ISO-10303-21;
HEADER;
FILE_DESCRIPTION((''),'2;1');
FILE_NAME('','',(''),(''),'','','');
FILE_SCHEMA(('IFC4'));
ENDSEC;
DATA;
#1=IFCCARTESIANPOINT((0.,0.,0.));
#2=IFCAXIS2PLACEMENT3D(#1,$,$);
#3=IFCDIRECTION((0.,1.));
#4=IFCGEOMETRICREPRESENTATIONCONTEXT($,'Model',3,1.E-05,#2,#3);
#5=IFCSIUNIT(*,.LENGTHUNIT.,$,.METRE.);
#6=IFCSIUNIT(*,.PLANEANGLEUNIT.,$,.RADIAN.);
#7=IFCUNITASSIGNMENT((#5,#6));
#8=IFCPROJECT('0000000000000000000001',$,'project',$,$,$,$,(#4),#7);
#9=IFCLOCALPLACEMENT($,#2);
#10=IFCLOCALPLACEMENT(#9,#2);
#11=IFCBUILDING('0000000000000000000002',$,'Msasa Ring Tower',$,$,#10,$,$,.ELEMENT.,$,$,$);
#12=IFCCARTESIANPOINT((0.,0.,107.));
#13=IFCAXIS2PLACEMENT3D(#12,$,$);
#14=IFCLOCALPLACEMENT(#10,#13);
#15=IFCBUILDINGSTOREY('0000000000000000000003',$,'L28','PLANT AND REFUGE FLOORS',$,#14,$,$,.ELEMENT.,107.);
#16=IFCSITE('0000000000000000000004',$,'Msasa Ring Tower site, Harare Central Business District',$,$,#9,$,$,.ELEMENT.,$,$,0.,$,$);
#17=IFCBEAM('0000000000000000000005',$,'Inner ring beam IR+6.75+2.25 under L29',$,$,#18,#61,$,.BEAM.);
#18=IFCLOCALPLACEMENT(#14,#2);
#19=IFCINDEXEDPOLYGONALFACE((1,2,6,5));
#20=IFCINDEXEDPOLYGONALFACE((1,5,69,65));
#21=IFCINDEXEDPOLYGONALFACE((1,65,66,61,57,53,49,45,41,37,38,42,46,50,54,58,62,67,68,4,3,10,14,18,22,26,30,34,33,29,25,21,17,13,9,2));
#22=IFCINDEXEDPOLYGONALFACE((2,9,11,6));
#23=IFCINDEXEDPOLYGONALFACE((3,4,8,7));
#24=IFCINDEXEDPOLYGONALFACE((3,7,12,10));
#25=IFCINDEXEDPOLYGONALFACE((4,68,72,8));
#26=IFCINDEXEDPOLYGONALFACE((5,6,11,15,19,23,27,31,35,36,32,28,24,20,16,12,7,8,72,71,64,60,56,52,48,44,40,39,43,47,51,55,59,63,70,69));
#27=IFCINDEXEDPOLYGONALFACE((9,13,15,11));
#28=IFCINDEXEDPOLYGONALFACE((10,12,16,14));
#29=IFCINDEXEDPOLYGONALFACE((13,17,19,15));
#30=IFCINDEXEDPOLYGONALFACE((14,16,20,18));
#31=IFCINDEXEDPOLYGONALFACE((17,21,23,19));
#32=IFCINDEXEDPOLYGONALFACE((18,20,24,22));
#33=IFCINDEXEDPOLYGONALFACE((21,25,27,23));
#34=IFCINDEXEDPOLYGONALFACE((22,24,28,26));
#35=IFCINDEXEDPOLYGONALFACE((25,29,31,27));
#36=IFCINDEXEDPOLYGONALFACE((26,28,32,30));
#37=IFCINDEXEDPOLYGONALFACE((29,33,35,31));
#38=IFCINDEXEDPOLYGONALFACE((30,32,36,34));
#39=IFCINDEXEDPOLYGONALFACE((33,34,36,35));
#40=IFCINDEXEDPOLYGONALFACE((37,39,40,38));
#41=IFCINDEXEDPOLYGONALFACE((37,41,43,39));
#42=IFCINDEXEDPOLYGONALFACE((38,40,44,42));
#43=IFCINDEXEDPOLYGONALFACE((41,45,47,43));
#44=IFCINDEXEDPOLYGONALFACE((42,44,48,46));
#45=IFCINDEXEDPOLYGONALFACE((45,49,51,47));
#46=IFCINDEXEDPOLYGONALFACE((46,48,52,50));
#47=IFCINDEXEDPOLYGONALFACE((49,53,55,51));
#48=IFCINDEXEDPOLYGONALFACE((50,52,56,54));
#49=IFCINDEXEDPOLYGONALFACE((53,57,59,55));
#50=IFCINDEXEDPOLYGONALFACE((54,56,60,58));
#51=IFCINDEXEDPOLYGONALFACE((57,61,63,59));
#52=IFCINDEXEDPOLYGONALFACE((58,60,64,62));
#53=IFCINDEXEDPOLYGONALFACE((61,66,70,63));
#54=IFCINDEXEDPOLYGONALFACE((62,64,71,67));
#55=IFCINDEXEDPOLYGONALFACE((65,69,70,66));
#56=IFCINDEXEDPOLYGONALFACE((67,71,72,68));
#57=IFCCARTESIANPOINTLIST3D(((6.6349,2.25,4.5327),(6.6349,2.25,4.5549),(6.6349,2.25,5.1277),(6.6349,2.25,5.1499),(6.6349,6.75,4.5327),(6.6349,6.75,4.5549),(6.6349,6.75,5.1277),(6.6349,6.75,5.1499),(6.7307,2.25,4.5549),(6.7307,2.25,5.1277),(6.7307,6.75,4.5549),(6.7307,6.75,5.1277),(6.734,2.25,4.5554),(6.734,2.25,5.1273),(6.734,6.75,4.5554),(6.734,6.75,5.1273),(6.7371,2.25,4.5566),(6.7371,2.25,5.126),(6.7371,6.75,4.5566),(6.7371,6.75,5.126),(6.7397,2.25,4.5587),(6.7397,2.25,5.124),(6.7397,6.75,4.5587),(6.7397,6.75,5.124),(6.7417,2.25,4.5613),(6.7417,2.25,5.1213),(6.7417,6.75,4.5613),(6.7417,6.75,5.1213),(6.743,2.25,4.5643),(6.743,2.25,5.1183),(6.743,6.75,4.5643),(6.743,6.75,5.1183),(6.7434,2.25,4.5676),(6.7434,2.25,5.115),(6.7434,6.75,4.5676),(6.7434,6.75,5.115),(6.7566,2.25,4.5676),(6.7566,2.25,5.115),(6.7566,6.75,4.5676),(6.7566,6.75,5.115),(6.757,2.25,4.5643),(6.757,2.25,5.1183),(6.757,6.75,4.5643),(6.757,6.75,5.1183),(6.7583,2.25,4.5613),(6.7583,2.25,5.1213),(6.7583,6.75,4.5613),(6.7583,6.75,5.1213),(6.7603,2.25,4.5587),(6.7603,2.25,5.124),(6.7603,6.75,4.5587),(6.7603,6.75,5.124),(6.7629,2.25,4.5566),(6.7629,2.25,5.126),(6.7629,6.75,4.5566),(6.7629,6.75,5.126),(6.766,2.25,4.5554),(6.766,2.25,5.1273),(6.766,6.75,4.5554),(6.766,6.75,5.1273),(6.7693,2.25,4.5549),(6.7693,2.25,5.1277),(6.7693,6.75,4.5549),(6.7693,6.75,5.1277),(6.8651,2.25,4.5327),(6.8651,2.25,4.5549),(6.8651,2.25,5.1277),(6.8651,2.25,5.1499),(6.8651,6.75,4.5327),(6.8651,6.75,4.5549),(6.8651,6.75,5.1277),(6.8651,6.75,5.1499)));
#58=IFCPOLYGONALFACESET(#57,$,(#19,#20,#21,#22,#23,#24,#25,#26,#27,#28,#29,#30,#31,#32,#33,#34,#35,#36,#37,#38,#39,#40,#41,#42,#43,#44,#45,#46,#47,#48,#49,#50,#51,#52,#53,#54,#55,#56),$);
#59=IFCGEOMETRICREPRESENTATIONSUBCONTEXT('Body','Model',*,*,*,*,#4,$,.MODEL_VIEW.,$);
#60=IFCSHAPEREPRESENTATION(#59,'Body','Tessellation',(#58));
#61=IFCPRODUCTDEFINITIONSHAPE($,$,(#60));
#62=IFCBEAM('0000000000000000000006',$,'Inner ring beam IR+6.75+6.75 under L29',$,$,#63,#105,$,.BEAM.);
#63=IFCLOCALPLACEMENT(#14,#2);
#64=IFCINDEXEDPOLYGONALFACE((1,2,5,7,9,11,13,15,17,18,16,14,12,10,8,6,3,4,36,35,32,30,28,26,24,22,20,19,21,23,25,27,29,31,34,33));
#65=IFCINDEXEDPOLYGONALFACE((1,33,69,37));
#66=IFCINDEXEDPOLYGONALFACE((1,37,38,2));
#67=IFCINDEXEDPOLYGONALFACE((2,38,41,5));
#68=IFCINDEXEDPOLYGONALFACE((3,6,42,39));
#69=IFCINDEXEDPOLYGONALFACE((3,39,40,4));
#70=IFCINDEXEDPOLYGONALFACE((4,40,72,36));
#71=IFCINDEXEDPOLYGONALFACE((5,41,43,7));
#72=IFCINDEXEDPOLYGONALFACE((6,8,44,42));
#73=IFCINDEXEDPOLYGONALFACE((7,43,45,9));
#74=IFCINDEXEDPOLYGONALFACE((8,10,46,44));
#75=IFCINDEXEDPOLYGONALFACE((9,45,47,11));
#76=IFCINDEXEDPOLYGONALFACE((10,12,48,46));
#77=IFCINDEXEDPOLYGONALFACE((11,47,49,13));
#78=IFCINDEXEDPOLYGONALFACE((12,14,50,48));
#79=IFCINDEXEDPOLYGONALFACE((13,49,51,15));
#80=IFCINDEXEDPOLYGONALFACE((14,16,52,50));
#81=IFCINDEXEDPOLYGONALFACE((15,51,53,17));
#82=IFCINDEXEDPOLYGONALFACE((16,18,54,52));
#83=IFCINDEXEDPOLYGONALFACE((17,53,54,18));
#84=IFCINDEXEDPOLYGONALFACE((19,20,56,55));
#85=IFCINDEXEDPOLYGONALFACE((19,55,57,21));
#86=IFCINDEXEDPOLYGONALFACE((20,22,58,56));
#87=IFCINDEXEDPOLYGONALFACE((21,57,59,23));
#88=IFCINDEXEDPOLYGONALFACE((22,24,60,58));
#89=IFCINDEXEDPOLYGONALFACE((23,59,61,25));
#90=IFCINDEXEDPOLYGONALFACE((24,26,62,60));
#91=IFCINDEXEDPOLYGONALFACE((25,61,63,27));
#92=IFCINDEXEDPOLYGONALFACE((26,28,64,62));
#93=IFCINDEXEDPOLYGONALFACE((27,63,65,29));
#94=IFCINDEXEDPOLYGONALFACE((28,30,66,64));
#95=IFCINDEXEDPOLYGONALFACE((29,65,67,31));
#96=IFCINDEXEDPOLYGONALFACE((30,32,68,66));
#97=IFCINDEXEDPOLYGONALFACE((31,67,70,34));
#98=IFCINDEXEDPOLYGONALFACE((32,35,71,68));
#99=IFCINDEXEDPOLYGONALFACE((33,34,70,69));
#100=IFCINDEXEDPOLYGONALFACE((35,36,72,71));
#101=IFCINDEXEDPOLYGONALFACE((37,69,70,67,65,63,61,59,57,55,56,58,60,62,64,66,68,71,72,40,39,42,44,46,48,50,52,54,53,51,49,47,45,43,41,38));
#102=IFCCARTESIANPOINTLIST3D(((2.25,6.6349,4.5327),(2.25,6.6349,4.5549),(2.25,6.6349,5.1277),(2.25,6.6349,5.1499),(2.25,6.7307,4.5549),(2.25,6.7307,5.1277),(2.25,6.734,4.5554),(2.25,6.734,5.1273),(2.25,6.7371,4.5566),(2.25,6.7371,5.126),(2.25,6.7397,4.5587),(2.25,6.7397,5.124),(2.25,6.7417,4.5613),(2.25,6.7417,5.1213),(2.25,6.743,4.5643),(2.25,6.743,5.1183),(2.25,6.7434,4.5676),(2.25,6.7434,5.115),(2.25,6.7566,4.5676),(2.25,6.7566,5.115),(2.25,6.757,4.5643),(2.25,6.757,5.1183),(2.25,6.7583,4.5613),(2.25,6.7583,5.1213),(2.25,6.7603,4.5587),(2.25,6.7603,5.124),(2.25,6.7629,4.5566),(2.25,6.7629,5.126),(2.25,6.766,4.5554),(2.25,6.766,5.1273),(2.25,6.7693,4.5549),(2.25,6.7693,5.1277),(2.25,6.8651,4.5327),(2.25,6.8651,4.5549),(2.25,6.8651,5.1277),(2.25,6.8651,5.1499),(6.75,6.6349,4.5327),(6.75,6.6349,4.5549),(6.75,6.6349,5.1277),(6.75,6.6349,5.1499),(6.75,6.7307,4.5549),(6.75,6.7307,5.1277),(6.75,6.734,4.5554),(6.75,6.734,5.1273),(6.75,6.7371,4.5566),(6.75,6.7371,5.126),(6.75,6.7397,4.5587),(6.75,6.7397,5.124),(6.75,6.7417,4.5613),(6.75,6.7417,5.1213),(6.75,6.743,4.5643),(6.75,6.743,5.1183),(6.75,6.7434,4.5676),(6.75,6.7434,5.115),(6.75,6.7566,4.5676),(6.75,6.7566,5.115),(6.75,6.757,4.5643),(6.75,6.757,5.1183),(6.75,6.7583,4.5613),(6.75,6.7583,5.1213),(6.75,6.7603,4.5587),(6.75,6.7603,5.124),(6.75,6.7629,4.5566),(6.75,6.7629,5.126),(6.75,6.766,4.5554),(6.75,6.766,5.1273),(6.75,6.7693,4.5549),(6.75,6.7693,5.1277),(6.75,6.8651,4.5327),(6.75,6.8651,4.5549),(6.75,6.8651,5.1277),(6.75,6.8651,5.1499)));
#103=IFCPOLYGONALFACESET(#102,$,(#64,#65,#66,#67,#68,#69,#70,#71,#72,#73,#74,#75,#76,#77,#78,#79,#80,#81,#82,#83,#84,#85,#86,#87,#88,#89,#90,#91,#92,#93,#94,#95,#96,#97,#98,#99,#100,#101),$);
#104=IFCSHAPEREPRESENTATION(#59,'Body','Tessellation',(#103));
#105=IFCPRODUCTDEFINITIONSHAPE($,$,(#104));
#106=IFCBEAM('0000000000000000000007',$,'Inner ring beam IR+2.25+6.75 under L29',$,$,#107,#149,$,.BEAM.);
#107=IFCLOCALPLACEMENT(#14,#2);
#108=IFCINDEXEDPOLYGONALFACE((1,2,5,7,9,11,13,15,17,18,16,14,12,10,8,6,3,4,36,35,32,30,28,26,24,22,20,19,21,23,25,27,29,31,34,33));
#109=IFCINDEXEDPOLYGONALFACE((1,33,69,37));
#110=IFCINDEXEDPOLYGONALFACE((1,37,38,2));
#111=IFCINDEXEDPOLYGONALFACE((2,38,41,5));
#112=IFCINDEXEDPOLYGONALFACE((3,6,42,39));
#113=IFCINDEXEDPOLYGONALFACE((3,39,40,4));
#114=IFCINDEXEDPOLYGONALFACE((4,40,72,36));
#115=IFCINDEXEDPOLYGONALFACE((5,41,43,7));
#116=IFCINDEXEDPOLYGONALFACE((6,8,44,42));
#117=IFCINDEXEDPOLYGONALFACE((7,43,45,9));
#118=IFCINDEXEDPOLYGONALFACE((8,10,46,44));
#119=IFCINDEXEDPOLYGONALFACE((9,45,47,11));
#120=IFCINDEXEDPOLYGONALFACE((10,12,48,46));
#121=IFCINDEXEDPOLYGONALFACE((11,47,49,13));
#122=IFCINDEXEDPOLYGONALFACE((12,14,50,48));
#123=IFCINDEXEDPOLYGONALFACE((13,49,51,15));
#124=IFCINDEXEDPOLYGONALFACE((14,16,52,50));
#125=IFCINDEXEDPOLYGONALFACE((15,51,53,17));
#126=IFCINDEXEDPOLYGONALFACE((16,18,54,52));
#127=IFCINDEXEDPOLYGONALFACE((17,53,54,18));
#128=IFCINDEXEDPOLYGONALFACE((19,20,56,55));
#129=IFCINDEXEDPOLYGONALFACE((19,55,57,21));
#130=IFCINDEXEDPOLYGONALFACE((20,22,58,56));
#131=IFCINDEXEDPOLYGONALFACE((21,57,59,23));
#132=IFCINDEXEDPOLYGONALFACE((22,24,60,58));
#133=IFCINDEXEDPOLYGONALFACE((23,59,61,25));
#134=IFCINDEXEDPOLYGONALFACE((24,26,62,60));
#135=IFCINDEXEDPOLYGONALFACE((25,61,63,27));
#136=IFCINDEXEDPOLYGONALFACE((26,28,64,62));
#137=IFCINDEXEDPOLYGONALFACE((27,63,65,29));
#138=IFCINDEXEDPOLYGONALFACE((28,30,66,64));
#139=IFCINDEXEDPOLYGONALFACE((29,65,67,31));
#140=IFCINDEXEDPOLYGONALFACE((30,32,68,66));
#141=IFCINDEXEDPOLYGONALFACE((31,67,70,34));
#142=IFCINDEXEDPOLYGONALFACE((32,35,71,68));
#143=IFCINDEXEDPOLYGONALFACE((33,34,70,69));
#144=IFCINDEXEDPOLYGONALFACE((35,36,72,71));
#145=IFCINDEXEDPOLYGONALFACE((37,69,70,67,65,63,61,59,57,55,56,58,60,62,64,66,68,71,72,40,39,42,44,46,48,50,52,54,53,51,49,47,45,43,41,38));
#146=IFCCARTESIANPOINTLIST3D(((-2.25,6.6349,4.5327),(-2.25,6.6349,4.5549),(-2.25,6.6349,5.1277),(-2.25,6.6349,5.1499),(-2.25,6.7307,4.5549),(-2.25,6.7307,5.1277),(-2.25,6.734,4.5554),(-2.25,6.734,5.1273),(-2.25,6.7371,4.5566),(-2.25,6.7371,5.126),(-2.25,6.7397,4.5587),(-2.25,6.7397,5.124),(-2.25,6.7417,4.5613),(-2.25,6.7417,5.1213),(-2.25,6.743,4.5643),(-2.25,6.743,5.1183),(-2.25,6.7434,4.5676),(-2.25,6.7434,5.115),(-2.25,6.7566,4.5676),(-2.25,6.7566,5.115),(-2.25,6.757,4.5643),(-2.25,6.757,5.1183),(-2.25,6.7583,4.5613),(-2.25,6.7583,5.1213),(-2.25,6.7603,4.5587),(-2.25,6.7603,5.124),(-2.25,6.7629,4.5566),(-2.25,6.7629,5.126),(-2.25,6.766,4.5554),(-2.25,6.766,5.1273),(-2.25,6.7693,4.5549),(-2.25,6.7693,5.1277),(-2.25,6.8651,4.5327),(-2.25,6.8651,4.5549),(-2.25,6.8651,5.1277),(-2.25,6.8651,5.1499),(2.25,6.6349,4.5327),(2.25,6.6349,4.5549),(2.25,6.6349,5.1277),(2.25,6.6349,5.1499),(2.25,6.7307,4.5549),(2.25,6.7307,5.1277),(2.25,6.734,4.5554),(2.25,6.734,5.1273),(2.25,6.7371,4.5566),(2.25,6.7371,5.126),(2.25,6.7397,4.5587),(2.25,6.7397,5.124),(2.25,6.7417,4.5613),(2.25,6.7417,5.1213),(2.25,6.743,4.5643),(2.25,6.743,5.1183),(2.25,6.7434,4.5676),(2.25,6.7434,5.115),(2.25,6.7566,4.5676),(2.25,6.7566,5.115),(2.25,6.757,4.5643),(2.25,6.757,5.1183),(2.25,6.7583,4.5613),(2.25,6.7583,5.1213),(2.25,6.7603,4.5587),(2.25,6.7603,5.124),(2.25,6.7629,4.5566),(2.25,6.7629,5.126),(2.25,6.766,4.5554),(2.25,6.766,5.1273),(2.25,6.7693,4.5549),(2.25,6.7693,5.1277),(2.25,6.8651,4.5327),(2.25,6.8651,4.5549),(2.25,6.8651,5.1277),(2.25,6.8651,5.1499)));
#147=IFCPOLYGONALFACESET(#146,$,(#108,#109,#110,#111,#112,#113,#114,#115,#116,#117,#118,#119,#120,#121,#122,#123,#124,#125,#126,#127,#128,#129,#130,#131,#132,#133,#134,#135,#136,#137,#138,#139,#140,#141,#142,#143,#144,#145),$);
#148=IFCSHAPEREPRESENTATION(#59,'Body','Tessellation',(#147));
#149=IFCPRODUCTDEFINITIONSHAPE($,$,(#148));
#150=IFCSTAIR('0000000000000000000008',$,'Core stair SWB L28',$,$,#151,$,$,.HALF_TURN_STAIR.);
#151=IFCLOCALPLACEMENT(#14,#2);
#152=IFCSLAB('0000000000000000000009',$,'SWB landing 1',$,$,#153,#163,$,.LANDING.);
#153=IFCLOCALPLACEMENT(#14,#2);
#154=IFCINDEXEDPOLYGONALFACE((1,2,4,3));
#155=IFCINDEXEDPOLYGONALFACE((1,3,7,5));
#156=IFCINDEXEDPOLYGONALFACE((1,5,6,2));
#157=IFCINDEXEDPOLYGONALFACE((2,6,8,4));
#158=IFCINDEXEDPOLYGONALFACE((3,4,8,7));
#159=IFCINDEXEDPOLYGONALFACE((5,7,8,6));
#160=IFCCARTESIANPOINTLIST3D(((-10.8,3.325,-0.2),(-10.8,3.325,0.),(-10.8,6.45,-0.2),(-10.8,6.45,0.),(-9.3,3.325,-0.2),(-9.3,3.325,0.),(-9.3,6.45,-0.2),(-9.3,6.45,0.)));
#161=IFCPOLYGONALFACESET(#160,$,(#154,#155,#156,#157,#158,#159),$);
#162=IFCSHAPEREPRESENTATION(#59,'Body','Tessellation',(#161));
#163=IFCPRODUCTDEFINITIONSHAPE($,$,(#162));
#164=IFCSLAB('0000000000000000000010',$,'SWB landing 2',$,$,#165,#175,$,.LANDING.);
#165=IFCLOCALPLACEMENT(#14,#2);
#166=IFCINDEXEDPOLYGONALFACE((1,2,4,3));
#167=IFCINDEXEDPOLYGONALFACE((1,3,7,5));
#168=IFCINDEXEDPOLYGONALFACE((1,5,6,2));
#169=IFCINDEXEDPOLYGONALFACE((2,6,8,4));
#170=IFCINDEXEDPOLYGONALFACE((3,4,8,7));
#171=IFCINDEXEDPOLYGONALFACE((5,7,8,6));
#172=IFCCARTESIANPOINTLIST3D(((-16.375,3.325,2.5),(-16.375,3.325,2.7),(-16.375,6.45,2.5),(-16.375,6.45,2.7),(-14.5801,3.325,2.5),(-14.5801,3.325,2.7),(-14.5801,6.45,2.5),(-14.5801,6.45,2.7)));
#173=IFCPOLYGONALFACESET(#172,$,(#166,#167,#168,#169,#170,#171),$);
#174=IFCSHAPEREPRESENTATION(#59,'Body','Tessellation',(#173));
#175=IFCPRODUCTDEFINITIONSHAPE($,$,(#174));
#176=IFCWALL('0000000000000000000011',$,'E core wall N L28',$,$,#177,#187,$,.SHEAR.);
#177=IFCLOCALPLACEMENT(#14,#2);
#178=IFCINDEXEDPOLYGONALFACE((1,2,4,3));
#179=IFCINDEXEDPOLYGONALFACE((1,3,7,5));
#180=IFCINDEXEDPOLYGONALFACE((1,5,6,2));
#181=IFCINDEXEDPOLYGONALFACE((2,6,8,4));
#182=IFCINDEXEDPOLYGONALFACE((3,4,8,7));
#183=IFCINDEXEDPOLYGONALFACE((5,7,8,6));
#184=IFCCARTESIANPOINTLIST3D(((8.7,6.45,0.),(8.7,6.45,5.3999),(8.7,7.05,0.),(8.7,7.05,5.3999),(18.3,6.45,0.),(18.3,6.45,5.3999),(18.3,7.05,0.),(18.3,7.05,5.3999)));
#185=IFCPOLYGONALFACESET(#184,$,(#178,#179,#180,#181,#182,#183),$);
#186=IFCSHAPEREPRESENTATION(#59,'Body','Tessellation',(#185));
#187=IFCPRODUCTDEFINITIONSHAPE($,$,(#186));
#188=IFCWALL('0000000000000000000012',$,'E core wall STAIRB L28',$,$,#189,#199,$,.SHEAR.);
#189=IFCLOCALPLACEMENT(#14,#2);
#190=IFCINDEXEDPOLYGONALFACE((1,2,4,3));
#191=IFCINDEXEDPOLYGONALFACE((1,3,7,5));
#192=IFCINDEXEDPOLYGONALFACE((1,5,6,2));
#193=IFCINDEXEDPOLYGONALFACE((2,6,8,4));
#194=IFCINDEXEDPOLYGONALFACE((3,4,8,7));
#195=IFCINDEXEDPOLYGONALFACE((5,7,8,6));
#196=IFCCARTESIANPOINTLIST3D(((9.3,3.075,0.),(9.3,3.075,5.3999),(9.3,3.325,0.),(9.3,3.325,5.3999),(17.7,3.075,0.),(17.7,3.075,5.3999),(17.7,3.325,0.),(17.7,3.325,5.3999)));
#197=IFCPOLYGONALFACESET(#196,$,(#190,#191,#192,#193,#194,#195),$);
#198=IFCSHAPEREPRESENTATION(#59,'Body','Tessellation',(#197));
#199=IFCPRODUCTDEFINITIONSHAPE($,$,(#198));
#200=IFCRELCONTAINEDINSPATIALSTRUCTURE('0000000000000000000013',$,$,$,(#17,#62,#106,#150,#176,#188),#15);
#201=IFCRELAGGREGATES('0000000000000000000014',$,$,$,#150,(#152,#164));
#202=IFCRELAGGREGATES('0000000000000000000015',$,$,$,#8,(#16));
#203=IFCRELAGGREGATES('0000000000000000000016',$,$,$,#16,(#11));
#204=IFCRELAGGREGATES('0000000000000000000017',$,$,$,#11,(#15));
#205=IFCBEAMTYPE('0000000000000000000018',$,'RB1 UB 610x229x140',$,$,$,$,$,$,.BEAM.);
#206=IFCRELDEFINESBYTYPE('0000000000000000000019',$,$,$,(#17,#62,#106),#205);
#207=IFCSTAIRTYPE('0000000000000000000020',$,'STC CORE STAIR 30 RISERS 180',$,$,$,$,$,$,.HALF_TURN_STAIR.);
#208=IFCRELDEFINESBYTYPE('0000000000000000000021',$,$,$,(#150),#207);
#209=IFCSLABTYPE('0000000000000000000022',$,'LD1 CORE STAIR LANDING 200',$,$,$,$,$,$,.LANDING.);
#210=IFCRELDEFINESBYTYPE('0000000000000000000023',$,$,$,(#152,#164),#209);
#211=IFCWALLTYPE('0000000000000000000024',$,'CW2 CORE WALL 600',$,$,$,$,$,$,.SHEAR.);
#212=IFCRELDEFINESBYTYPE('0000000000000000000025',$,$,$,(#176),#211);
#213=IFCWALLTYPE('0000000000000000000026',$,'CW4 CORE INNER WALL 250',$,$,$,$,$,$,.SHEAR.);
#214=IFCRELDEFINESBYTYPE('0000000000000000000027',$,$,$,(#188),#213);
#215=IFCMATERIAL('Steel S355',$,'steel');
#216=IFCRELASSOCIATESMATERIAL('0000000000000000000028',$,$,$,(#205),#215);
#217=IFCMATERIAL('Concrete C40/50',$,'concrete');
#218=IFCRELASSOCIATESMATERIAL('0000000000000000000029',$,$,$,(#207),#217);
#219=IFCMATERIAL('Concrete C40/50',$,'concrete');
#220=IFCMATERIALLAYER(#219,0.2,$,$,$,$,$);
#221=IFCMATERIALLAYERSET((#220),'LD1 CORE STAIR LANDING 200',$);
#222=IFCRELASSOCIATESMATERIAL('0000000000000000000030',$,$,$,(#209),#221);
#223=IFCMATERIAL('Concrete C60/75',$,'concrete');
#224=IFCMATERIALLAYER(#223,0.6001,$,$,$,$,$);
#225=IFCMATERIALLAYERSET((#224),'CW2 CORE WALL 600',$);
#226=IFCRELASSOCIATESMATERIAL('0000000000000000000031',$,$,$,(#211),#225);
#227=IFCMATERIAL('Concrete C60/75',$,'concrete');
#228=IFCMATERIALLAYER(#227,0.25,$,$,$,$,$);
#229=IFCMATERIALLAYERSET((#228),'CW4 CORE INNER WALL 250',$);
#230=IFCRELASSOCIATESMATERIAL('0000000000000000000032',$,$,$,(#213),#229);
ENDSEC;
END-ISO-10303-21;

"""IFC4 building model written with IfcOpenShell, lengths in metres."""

from ifc_helpers import new_model, si_unit, direction, frame, frame_2d, origin, origin_2d, place, context, subcontext, project, spatial, polyline, rectangle, i_section, outline, extrude, material, layer, layer_set, material_profile, profile_set, type_object, element, aggregate, save


model = new_model("IFC4")

# Units and contexts
model_context = context("Model", 3, precision=1e-05, world=origin(), true_north=direction((0.0, 1.0)))
body_context = subcontext(model_context, "Body", "Model", "MODEL_VIEW")
ifc_project = project(units=[si_unit("LENGTHUNIT", "METRE"), si_unit("PLANEANGLEUNIT", "RADIAN")], contexts=[model_context])

# Site, building, storey
site_placement = place(None, origin())
site = spatial("IfcSite", under=ifc_project, at=site_placement, Name="Msasa Ring Tower site, Harare Central Business District", CompositionType="ELEMENT", RefElevation=0.0)
building_placement = place(site_placement, origin())
building = spatial("IfcBuilding", under=site, at=building_placement, Name="Msasa Ring Tower", CompositionType="ELEMENT")
storey_placement = place(building_placement, frame((0.0, 0.0, 107.0)))
storey = spatial("IfcBuildingStorey", under=building, at=storey_placement, Name="L28", Description="PLANT AND REFUGE FLOORS", CompositionType="ELEMENT", Elevation=107.0)

# Beams
ifc_material_1 = material(Name="Steel S355", Category="steel")
ifc_material_profile_1 = material_profile(ifc_material_1, i_section(OverallWidth=0.2302, OverallDepth=0.6172, WebThickness=0.0132, FlangeThickness=0.0222, FilletRadius=0.0127, at=origin_2d()), Name="UB 610x229x140")
ifc_profile_set_1 = profile_set([ifc_material_profile_1], Name="Steel S355")
beam_type_1 = type_object("IfcBeamType", Name="RB1 UB 610x229x140", PredefinedType="BEAM", material=ifc_profile_set_1)
for number, where, z_axis, x_axis, name in (
    (1, (6.75, 2.25, 4.8413), (0.0, 1.0, 0.0), (-1.0, 0.0, 0.0), "Inner ring beam IR+6.75+2.25 under L29"),
    (2, (6.75, 6.75, 4.8413), (-1.0, 0.0, 0.0), (0.0, -1.0, 0.0), "Inner ring beam IR+6.75+6.75 under L29"),
    (3, (2.25, 6.75, 4.8413), (-1.0, 0.0, 0.0), (0.0, -1.0, 0.0), "Inner ring beam IR+2.25+6.75 under L29"),
):
    element("IfcBeam", number, at=place(storey_placement, frame(where, z_axis=z_axis, x_axis=x_axis)), inside=storey, type_object=beam_type_1, Name=name, PredefinedType="BEAM", context=body_context, shape_type="SweptSolid", body=[
        extrude(i_section(OverallWidth=0.2302, OverallDepth=0.6172, WebThickness=0.0132, FlangeThickness=0.0222, FilletRadius=0.0127, at=origin_2d()), origin(), (0.0, 0.0, 1.0), 4.5),
    ])

# Stair, slabs
ifc_material_2 = material(Name="Concrete C40/50", Category="concrete")
stair_type = type_object("IfcStairType", Name="STC CORE STAIR 30 RISERS 180", PredefinedType="HALF_TURN_STAIR", material=ifc_material_2)
stair_1_placement = place(storey_placement, origin())
stair_1 = element("IfcStair", 4, at=stair_1_placement, inside=storey, type_object=stair_type, Name="Core stair SWB L28", PredefinedType="HALF_TURN_STAIR")
ifc_material_3 = material(Name="Concrete C40/50", Category="concrete")
ifc_layer_1 = layer(ifc_material_3, 0.2)
ifc_layer_set_1 = layer_set([ifc_layer_1], Name="LD1 CORE STAIR LANDING 200")
slab_type = type_object("IfcSlabType", Name="LD1 CORE STAIR LANDING 200", PredefinedType="LANDING", material=ifc_layer_set_1)
slab_1_placement = place(storey_placement, frame((0.0, 0.0, -0.2)))
slab_1 = element("IfcSlab", 5, at=slab_1_placement, type_object=slab_type, Name="SWB landing 1", PredefinedType="LANDING", context=body_context, shape_type="SweptSolid", body=[
    extrude(outline(polyline([(-10.8, 3.325), (-9.3, 3.325), (-9.3, 6.45), (-10.8, 6.45), (-10.8, 3.325)])), origin(), (0.0, 0.0, 1.0), 0.2),
])
slab_2_placement = place(storey_placement, frame((0.0, 0.0, 2.5)))
slab_2 = element("IfcSlab", 6, at=slab_2_placement, type_object=slab_type, Name="SWB landing 2", PredefinedType="LANDING", context=body_context, shape_type="SweptSolid", body=[
    extrude(outline(polyline([(-16.375, 3.325), (-14.5801, 3.325), (-14.5801, 6.45), (-16.375, 6.45), (-16.375, 3.325)])), origin(), (0.0, 0.0, 1.0), 0.2),
])
aggregate(stair_1, [slab_1, slab_2])

# Walls
ifc_material_4 = material(Name="Concrete C60/75", Category="concrete")
ifc_layer_2 = layer(ifc_material_4, 0.6001)
ifc_layer_set_2 = layer_set([ifc_layer_2], Name="CW2 CORE WALL 600")
wall_type_1 = type_object("IfcWallType", Name="CW2 CORE WALL 600", PredefinedType="SHEAR", material=ifc_layer_set_2)
wall_1_placement = place(storey_placement, frame((8.7, 6.75, 0.0), z_axis=(0.0, 0.0, 1.0), x_axis=(1.0, 0.0, 0.0)))
element("IfcWall", 7, at=wall_1_placement, inside=storey, type_object=wall_type_1, Name="E core wall N L28", PredefinedType="SHEAR", context=body_context, shape_type="SweptSolid", body=[
    extrude(rectangle(XDim=9.6001, YDim=0.6001, at=frame_2d((4.8, 0.0))), origin(), (0.0, 0.0, 1.0), 5.3999),
])
ifc_material_5 = material(Name="Concrete C60/75", Category="concrete")
ifc_layer_3 = layer(ifc_material_5, 0.25)
ifc_layer_set_3 = layer_set([ifc_layer_3], Name="CW4 CORE INNER WALL 250")
wall_type_2 = type_object("IfcWallType", Name="CW4 CORE INNER WALL 250", PredefinedType="SHEAR", material=ifc_layer_set_3)
wall_2_placement = place(storey_placement, frame((9.3, 3.2, 0.0), z_axis=(0.0, 0.0, 1.0), x_axis=(1.0, 0.0, 0.0)))
element("IfcWall", 8, at=wall_2_placement, inside=storey, type_object=wall_type_2, Name="E core wall STAIRB L28", PredefinedType="SHEAR", context=body_context, shape_type="SweptSolid", body=[
    extrude(rectangle(XDim=8.3999, YDim=0.25, at=frame_2d((4.2, 0.0))), origin(), (0.0, 0.0, 1.0), 5.3999),
])

save(model, "model.ifc")
